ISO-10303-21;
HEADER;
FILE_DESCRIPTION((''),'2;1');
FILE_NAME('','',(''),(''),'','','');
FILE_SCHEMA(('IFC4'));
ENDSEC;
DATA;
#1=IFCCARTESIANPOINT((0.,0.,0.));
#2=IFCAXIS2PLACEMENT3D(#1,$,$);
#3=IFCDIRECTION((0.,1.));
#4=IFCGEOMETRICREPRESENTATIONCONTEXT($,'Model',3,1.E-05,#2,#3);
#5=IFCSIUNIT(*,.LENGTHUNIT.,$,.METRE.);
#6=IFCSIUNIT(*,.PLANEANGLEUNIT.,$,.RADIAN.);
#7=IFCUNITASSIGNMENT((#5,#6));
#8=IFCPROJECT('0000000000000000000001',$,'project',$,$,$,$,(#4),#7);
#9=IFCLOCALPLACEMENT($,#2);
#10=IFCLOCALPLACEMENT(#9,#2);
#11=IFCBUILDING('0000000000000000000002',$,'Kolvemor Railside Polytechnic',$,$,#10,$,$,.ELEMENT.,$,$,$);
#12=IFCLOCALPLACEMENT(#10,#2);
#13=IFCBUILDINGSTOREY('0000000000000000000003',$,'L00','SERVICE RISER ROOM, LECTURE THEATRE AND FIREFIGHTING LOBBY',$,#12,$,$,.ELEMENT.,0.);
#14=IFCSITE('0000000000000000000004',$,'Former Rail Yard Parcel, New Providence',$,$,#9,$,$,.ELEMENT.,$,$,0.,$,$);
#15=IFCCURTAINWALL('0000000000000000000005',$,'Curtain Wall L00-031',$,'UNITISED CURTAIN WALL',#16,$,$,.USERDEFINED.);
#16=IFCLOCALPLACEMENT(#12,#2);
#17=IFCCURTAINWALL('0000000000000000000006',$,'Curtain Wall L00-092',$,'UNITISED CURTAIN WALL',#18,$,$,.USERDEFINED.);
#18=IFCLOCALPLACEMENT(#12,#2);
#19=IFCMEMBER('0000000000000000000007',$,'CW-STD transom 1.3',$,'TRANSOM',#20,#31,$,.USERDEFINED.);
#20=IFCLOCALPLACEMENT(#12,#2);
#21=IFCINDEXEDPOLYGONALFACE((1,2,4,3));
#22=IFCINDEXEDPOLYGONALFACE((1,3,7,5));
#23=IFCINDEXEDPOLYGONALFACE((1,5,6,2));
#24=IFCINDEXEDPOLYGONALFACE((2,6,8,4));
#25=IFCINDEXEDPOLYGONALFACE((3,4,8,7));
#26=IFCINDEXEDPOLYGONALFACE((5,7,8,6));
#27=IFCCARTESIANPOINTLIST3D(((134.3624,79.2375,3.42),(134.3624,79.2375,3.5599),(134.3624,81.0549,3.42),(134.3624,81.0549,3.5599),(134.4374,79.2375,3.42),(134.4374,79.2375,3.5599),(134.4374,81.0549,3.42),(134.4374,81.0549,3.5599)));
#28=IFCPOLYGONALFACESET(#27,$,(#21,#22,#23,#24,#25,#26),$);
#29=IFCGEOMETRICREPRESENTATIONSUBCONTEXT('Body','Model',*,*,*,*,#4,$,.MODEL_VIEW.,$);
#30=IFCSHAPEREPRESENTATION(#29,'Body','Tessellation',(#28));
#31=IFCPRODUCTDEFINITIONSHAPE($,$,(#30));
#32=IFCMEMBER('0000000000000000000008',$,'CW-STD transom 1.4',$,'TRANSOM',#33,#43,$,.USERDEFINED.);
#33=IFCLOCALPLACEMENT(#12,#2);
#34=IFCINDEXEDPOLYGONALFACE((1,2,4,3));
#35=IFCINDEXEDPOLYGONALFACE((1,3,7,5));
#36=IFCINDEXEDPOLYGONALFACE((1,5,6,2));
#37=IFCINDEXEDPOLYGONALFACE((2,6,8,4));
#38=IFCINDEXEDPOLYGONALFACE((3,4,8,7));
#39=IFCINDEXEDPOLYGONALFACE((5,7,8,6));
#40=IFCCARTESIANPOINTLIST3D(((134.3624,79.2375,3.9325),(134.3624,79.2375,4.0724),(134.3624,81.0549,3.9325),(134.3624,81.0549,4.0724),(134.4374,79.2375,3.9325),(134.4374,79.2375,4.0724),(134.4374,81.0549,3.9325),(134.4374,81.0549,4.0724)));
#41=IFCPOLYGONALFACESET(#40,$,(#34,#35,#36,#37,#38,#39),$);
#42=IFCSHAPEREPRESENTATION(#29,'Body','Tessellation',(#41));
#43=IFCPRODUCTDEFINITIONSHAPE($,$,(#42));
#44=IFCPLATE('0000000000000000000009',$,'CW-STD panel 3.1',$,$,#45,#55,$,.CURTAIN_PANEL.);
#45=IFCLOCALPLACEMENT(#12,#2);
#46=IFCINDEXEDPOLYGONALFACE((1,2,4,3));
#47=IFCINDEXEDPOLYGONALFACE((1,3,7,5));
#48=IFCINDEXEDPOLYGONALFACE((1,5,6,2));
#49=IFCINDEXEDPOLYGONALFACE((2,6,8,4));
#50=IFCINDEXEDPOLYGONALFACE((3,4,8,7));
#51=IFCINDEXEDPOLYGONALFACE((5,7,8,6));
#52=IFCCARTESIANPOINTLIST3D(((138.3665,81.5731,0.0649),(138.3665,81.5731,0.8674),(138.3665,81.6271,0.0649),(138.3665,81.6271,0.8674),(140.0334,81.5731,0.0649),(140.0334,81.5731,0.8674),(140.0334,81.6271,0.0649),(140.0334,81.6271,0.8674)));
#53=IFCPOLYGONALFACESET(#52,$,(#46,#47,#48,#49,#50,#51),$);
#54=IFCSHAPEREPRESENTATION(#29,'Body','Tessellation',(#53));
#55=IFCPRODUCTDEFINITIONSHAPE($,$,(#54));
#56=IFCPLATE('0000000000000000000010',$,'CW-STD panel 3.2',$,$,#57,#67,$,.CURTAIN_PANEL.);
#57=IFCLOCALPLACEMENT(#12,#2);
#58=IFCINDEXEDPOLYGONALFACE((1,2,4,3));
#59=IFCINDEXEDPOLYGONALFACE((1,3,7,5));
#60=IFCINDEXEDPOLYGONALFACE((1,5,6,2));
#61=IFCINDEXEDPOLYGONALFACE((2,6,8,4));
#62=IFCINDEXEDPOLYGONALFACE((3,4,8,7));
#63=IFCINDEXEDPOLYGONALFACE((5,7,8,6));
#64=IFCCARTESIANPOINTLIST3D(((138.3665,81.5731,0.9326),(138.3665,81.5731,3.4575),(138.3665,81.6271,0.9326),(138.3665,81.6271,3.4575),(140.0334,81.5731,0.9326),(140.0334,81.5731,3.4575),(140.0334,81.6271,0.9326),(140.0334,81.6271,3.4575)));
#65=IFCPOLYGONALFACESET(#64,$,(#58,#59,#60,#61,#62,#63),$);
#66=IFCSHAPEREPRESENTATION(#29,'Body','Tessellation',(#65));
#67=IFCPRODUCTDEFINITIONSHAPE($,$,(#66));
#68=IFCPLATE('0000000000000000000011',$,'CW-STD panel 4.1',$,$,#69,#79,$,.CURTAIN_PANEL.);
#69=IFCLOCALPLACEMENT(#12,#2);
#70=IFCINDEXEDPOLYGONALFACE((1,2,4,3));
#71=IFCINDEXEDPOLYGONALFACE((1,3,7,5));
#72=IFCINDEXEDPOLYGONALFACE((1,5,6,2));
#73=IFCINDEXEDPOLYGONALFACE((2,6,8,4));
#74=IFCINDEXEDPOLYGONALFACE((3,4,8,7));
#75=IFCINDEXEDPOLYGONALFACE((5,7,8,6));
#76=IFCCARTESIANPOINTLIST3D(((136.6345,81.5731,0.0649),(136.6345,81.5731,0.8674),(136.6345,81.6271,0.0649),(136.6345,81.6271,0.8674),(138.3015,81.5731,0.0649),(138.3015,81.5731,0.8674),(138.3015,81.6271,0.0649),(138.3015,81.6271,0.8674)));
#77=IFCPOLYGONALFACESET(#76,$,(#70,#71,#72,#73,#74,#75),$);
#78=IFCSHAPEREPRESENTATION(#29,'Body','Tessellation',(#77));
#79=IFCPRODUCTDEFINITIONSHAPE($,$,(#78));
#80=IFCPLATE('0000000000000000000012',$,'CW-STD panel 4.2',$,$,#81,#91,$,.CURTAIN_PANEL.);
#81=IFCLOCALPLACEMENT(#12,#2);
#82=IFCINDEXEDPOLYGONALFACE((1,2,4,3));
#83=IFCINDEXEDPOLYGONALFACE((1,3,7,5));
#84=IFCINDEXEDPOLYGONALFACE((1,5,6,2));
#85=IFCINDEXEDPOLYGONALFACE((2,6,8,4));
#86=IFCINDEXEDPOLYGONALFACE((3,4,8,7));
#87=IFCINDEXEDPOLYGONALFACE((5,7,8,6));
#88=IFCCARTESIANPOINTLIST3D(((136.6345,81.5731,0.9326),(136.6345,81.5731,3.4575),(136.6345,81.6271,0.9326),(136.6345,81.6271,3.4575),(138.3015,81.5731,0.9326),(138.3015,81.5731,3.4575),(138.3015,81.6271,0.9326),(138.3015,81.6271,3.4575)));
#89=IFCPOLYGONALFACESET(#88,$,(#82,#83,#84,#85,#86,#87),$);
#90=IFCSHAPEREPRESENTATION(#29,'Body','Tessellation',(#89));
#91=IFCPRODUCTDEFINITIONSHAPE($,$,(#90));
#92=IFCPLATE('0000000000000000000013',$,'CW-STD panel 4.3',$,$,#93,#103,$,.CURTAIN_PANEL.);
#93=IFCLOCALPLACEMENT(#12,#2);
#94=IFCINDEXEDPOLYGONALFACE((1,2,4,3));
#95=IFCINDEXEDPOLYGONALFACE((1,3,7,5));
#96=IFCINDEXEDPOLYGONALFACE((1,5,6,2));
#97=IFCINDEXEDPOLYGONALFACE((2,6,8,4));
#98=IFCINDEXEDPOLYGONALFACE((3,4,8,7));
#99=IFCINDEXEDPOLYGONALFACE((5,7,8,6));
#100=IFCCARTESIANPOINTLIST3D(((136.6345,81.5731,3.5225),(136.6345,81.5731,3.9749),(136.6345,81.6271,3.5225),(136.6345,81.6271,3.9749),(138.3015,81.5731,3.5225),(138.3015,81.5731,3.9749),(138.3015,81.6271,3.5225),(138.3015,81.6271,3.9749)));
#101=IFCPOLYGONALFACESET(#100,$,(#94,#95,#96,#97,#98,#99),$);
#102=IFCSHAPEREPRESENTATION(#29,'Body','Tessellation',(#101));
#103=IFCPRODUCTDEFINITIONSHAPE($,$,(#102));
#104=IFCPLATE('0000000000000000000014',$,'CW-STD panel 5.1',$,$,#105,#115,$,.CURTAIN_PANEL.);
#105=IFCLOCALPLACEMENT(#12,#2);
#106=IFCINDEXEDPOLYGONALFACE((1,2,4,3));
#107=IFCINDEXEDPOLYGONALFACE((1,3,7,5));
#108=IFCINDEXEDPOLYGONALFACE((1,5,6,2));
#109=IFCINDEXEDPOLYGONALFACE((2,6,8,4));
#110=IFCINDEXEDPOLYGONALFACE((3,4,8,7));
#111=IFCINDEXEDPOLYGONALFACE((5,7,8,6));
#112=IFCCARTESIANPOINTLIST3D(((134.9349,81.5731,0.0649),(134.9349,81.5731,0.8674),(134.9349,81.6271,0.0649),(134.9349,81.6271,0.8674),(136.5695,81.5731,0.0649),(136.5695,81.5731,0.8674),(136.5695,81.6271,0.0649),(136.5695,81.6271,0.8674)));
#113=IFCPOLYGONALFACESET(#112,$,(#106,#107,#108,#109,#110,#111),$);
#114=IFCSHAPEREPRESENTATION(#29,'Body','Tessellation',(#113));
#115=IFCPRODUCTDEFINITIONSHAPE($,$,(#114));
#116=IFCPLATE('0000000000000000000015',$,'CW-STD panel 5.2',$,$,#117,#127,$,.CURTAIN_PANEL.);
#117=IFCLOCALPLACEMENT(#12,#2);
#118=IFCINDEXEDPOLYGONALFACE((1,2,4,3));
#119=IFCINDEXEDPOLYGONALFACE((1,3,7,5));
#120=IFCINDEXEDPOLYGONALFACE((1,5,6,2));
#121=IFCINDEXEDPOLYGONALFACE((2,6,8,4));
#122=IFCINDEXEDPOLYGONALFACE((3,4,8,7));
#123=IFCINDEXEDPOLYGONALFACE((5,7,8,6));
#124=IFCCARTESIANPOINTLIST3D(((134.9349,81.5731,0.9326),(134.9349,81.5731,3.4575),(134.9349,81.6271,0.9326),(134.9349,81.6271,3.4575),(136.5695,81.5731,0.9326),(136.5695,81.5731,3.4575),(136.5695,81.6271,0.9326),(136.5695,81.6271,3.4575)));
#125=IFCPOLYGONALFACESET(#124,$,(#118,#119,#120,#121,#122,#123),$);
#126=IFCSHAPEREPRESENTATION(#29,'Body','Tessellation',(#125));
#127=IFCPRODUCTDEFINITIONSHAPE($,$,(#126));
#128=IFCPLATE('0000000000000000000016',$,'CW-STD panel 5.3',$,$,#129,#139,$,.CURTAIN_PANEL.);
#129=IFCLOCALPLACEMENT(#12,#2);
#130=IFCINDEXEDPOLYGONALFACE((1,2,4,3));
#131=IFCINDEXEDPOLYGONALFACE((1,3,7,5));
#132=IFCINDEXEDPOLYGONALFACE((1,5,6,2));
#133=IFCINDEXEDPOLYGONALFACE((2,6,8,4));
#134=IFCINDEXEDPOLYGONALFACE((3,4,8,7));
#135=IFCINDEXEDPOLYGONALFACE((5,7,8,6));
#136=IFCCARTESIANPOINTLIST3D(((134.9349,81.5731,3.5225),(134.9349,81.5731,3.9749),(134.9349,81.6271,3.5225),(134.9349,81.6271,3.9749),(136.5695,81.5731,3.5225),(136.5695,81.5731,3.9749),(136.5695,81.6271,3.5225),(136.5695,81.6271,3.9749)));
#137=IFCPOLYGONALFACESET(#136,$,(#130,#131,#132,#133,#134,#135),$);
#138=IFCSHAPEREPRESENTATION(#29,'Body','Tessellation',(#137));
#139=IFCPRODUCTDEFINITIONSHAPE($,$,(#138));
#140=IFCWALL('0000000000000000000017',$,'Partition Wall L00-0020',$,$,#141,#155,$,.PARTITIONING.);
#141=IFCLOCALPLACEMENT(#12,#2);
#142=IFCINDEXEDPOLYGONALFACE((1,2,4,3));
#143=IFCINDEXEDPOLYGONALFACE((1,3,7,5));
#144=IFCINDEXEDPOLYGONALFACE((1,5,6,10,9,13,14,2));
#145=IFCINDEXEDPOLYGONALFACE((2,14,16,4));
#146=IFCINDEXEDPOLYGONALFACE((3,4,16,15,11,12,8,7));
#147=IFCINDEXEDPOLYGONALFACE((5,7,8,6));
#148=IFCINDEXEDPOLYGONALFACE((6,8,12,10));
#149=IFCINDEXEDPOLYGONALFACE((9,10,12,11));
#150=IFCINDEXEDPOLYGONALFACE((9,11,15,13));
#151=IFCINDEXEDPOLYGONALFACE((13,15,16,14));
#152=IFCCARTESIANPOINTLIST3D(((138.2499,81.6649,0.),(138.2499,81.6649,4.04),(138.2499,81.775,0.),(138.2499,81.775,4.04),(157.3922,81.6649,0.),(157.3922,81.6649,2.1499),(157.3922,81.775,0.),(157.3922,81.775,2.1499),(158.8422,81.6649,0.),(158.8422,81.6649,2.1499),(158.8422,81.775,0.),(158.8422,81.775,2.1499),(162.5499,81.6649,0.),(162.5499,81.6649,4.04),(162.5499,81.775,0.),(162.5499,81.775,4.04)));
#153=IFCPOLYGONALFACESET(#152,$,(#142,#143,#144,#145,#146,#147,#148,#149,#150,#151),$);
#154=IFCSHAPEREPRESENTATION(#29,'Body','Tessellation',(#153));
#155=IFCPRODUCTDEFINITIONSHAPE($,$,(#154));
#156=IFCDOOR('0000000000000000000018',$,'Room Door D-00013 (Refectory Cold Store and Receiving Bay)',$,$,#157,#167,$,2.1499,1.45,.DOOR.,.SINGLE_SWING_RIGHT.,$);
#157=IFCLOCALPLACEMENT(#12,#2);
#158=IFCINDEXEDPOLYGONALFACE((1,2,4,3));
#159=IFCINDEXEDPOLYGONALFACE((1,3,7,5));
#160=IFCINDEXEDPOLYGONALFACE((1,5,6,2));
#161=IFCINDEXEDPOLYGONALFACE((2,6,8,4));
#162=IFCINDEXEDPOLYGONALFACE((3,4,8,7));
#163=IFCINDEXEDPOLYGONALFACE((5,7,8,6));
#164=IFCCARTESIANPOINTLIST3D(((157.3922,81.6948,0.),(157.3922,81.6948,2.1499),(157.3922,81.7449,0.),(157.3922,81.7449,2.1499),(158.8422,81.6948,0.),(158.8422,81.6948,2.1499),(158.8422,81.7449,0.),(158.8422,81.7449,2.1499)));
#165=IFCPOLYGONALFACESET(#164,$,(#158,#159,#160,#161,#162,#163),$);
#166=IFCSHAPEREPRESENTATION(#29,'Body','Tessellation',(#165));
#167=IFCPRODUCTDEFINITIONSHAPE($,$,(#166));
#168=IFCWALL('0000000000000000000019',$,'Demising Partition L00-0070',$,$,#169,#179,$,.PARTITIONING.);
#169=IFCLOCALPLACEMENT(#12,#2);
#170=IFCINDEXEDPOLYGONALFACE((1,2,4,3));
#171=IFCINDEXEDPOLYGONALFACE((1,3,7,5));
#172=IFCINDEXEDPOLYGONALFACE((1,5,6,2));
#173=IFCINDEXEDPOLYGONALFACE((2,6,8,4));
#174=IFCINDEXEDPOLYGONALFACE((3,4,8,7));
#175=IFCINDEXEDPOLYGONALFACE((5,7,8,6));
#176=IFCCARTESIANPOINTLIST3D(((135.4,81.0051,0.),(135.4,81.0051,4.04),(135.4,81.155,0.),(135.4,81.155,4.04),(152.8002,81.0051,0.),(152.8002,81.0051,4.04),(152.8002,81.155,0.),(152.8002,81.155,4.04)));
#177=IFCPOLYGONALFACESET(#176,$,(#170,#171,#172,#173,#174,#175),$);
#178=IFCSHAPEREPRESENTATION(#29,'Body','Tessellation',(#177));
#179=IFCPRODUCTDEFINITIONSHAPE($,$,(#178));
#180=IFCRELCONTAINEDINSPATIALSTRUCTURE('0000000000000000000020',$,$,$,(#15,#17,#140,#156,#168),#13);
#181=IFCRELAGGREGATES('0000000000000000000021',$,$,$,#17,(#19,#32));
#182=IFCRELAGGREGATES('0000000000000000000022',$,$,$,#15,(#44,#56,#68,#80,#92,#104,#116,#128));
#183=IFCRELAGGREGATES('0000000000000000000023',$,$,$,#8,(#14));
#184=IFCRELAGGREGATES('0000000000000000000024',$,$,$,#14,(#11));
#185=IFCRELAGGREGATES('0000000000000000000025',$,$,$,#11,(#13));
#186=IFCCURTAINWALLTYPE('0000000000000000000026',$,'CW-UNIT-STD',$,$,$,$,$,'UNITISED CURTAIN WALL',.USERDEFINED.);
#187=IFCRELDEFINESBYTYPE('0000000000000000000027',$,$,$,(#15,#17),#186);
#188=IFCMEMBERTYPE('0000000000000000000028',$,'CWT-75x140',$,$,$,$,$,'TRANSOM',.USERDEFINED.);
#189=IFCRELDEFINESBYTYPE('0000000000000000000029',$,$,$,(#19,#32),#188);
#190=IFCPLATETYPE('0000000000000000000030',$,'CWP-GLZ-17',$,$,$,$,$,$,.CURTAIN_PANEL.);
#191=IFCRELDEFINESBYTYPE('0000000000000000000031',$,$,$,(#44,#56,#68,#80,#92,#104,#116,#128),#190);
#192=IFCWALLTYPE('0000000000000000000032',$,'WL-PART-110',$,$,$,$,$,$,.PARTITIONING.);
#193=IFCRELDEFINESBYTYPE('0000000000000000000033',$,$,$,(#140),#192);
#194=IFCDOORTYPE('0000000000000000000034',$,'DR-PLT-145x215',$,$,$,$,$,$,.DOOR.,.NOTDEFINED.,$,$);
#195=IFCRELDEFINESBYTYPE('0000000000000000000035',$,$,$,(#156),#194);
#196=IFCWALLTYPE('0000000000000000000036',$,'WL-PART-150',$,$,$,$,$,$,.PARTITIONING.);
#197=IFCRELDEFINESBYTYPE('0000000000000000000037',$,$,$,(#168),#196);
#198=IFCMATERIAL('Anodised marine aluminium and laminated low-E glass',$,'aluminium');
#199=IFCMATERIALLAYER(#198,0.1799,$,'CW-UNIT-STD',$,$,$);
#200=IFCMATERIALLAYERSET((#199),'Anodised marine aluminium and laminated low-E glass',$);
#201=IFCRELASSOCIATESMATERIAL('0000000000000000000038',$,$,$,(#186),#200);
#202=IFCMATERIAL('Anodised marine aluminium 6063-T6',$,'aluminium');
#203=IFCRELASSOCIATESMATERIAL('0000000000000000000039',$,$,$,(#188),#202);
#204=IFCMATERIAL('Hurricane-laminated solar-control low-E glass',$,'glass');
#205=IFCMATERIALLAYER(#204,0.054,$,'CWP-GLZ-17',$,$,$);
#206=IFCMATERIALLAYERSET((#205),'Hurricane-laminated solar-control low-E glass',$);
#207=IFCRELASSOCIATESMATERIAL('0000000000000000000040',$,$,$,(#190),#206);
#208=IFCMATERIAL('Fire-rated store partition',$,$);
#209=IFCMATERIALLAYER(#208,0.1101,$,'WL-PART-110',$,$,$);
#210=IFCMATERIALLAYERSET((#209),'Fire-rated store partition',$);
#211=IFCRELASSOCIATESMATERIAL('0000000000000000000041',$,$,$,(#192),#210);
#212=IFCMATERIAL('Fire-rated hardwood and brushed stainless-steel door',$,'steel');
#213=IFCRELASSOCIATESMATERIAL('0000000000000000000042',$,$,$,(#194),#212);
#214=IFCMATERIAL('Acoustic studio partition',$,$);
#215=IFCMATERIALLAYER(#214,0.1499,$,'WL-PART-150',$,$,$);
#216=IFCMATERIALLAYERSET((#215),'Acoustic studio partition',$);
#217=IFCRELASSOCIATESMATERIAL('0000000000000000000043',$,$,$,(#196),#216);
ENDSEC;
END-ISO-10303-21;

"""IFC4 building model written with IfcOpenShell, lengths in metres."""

from ifc_helpers import new_model, si_unit, direction, frame, frame_2d, origin, origin_2d, place, context, subcontext, project, spatial, rectangle, extrude, material, layer, layer_set, material_profile, profile_set, type_object, element, fill, aggregate, save


model = new_model("IFC4")

# Units and contexts
model_context = context("Model", 3, precision=1e-05, world=origin(), true_north=direction((0.0, 1.0)))
body_context = subcontext(model_context, "Body", "Model", "MODEL_VIEW")
ifc_project = project(units=[si_unit("LENGTHUNIT", "METRE"), si_unit("PLANEANGLEUNIT", "RADIAN")], contexts=[model_context])

# Site, building, storey
site_placement = place(None, origin())
site = spatial("IfcSite", under=ifc_project, at=site_placement, Name="Former Rail Yard Parcel, New Providence", CompositionType="ELEMENT", RefElevation=0.0)
building_placement = place(site_placement, origin())
building = spatial("IfcBuilding", under=site, at=building_placement, Name="Kolvemor Railside Polytechnic", CompositionType="ELEMENT")
storey_placement = place(building_placement, origin())
storey = spatial("IfcBuildingStorey", under=building, at=storey_placement, Name="L00", Description="SERVICE RISER ROOM, LECTURE THEATRE AND FIREFIGHTING LOBBY", CompositionType="ELEMENT", Elevation=0.0)

# Curtain wall
ifc_material_1 = material(Name="Anodised marine aluminium and laminated low-E glass", Category="aluminium")
ifc_layer_1 = layer(ifc_material_1, 0.1799, Name="CW-UNIT-STD")
ifc_layer_set_1 = layer_set([ifc_layer_1], Name="Anodised marine aluminium and laminated low-E glass")
curtain_wall_type = type_object("IfcCurtainWallType", Name="CW-UNIT-STD", ElementType="UNITISED CURTAIN WALL", PredefinedType="USERDEFINED", material=ifc_layer_set_1)
curtain_wall_1_placement = place(storey_placement, origin())
curtain_wall_1 = element("IfcCurtainWall", 1, at=curtain_wall_1_placement, inside=storey, type_object=curtain_wall_type, Name="Curtain Wall L00-031", ObjectType="UNITISED CURTAIN WALL", PredefinedType="USERDEFINED")

# Curtain wall
curtain_wall_2_placement = place(storey_placement, origin())
curtain_wall_2 = element("IfcCurtainWall", 2, at=curtain_wall_2_placement, inside=storey, type_object=curtain_wall_type, Name="Curtain Wall L00-092", ObjectType="UNITISED CURTAIN WALL", PredefinedType="USERDEFINED")

# Members
ifc_material_2 = material(Name="Anodised marine aluminium 6063-T6", Category="aluminium")
ifc_material_profile_1 = material_profile(ifc_material_2, rectangle(XDim=0.075, YDim=0.1399, at=origin_2d()), Name="CW-TRN-75x140")
ifc_profile_set_1 = profile_set([ifc_material_profile_1], Name="Anodised marine aluminium 6063-T6")
member_type_1 = type_object("IfcMemberType", Name="CWT-75x140", ElementType="TRANSOM", PredefinedType="USERDEFINED", material=ifc_profile_set_1)
member_1_placement = place(storey_placement, frame((134.3999, 81.0549, 3.49), z_axis=(0.0, -1.0, 0.0), x_axis=(1.0, 0.0, 0.0)))
member_1 = element("IfcMember", 3, at=member_1_placement, type_object=member_type_1, Name="CW-STD transom 1.3", ObjectType="TRANSOM", PredefinedType="USERDEFINED", context=body_context, shape_type="SweptSolid", body=[
    extrude(rectangle(XDim=0.075, YDim=0.1399, at=origin_2d()), origin(), (0.0, 0.0, 1.0), 1.8174),
])
member_2_placement = place(storey_placement, frame((134.3999, 81.0549, 4.0024), z_axis=(0.0, -1.0, 0.0), x_axis=(1.0, 0.0, 0.0)))
member_2 = element("IfcMember", 4, at=member_2_placement, type_object=member_type_1, Name="CW-STD transom 1.4", ObjectType="TRANSOM", PredefinedType="USERDEFINED", context=body_context, shape_type="SweptSolid", body=[
    extrude(rectangle(XDim=0.075, YDim=0.1399, at=origin_2d()), origin(), (0.0, 0.0, 1.0), 1.8174),
])
aggregate(curtain_wall_2, [member_1, member_2])

# Plates
ifc_material_3 = material(Name="Hurricane-laminated solar-control low-E glass", Category="glass")
ifc_layer_2 = layer(ifc_material_3, 0.054, Name="CWP-GLZ-17")
ifc_layer_set_2 = layer_set([ifc_layer_2], Name="Hurricane-laminated solar-control low-E glass")
plate_type = type_object("IfcPlateType", Name="CWP-GLZ-17", PredefinedType="CURTAIN_PANEL", material=ifc_layer_set_2)
plate_1_placement = place(storey_placement, frame((139.2, 81.6001, 0.0649), z_axis=(0.0, 0.0, 1.0), x_axis=(-1.0, 0.0, 0.0)))
plate_1 = element("IfcPlate", 5, at=plate_1_placement, type_object=plate_type, Name="CW-STD panel 3.1", PredefinedType="CURTAIN_PANEL", context=body_context, shape_type="SweptSolid", body=[
    extrude(rectangle(XDim=1.667, YDim=0.054, at=origin_2d()), origin(), (0.0, 0.0, 1.0), 0.8025),
])
plate_2_placement = place(storey_placement, frame((139.2, 81.6001, 0.9326), z_axis=(0.0, 0.0, 1.0), x_axis=(-1.0, 0.0, 0.0)))
plate_2 = element("IfcPlate", 6, at=plate_2_placement, type_object=plate_type, Name="CW-STD panel 3.2", PredefinedType="CURTAIN_PANEL", context=body_context, shape_type="SweptSolid", body=[
    extrude(rectangle(XDim=1.667, YDim=0.054, at=origin_2d()), origin(), (0.0, 0.0, 1.0), 2.5249),
])
plate_3_placement = place(storey_placement, frame((137.468, 81.6001, 0.0649), z_axis=(0.0, 0.0, 1.0), x_axis=(-1.0, 0.0, 0.0)))
plate_3 = element("IfcPlate", 7, at=plate_3_placement, type_object=plate_type, Name="CW-STD panel 4.1", PredefinedType="CURTAIN_PANEL", context=body_context, shape_type="SweptSolid", body=[
    extrude(rectangle(XDim=1.667, YDim=0.054, at=origin_2d()), origin(), (0.0, 0.0, 1.0), 0.8025),
])
plate_4_placement = place(storey_placement, frame((137.468, 81.6001, 0.9326), z_axis=(0.0, 0.0, 1.0), x_axis=(-1.0, 0.0, 0.0)))
plate_4 = element("IfcPlate", 8, at=plate_4_placement, type_object=plate_type, Name="CW-STD panel 4.2", PredefinedType="CURTAIN_PANEL", context=body_context, shape_type="SweptSolid", body=[
    extrude(rectangle(XDim=1.667, YDim=0.054, at=origin_2d()), origin(), (0.0, 0.0, 1.0), 2.5249),
])
plate_5_placement = place(storey_placement, frame((137.468, 81.6001, 3.5225), z_axis=(0.0, 0.0, 1.0), x_axis=(-1.0, 0.0, 0.0)))
plate_5 = element("IfcPlate", 9, at=plate_5_placement, type_object=plate_type, Name="CW-STD panel 4.3", PredefinedType="CURTAIN_PANEL", context=body_context, shape_type="SweptSolid", body=[
    extrude(rectangle(XDim=1.667, YDim=0.054, at=origin_2d()), origin(), (0.0, 0.0, 1.0), 0.4524),
])
plate_6_placement = place(storey_placement, frame((135.7522, 81.6001, 0.0649), z_axis=(0.0, 0.0, 1.0), x_axis=(-1.0, 0.0, 0.0)))
plate_6 = element("IfcPlate", 10, at=plate_6_placement, type_object=plate_type, Name="CW-STD panel 5.1", PredefinedType="CURTAIN_PANEL", context=body_context, shape_type="SweptSolid", body=[
    extrude(rectangle(XDim=1.6345, YDim=0.054, at=origin_2d()), origin(), (0.0, 0.0, 1.0), 0.8025),
])
plate_7_placement = place(storey_placement, frame((135.7522, 81.6001, 0.9326), z_axis=(0.0, 0.0, 1.0), x_axis=(-1.0, 0.0, 0.0)))
plate_7 = element("IfcPlate", 11, at=plate_7_placement, type_object=plate_type, Name="CW-STD panel 5.2", PredefinedType="CURTAIN_PANEL", context=body_context, shape_type="SweptSolid", body=[
    extrude(rectangle(XDim=1.6345, YDim=0.054, at=origin_2d()), origin(), (0.0, 0.0, 1.0), 2.5249),
])
plate_8_placement = place(storey_placement, frame((135.7522, 81.6001, 3.5225), z_axis=(0.0, 0.0, 1.0), x_axis=(-1.0, 0.0, 0.0)))
plate_8 = element("IfcPlate", 12, at=plate_8_placement, type_object=plate_type, Name="CW-STD panel 5.3", PredefinedType="CURTAIN_PANEL", context=body_context, shape_type="SweptSolid", body=[
    extrude(rectangle(XDim=1.6345, YDim=0.054, at=origin_2d()), origin(), (0.0, 0.0, 1.0), 0.4524),
])
aggregate(curtain_wall_1, [plate_1, plate_2, plate_3, plate_4, plate_5, plate_6, plate_7, plate_8])

# Wall, opening, door
ifc_material_4 = material(Name="Fire-rated store partition")
ifc_layer_3 = layer(ifc_material_4, 0.1101, Name="WL-PART-110")
ifc_layer_set_3 = layer_set([ifc_layer_3], Name="Fire-rated store partition")
wall_type_1 = type_object("IfcWallType", Name="WL-PART-110", PredefinedType="PARTITIONING", material=ifc_layer_set_3)
wall_1_placement = place(storey_placement, frame((138.25, 81.72, 0.0), z_axis=(0.0, 0.0, 1.0), x_axis=(1.0, 0.0, 0.0)))
wall_1 = element("IfcWall", 13, at=wall_1_placement, inside=storey, type_object=wall_type_1, Name="Partition Wall L00-0020", PredefinedType="PARTITIONING", context=body_context, shape_type="SweptSolid", body=[
    extrude(rectangle(XDim=24.3, YDim=0.1101, at=frame_2d((12.1499, 0.0))), origin(), (0.0, 0.0, 1.0), 4.04),
])
opening_placement = place(wall_1_placement, frame((19.1421, 0.0, 0.0)))
opening = element("IfcOpeningElement", 14, at=opening_placement, cuts=wall_1, PredefinedType="OPENING", context=body_context, shape_type="SweptSolid", body=[
    extrude(rectangle(XDim=1.45, YDim=2.1499, at=frame_2d((0.7251, 1.075))), frame((0.0, 0.0649, 0.0), z_axis=(0.0, -1.0, 0.0), x_axis=(1.0, 0.0, 0.0)), (0.0, 0.0, 1.0), 0.1301),
])
ifc_material_5 = material(Name="Fire-rated hardwood and brushed stainless-steel door", Category="steel")
door_type = type_object("IfcDoorType", Name="DR-PLT-145x215", OperationType="NOTDEFINED", PredefinedType="DOOR", material=ifc_material_5)
door_placement = place(opening_placement, origin())
door = element("IfcDoor", 15, at=door_placement, inside=storey, type_object=door_type, Name="Room Door D-00013 (Refectory Cold Store and Receiving Bay)", OperationType="SINGLE_SWING_RIGHT", OverallHeight=2.1499, OverallWidth=1.45, PredefinedType="DOOR", context=body_context, shape_type="SweptSolid", body=[
    extrude(rectangle(XDim=1.45, YDim=2.1499, at=frame_2d((0.7251, 1.075))), frame((0.0, 0.0249, 0.0), z_axis=(0.0, -1.0, 0.0), x_axis=(1.0, 0.0, 0.0)), (0.0, 0.0, 1.0), 0.05),
])
fill(opening, door)

# Wall
ifc_material_6 = material(Name="Acoustic studio partition")
ifc_layer_4 = layer(ifc_material_6, 0.1499, Name="WL-PART-150")
ifc_layer_set_4 = layer_set([ifc_layer_4], Name="Acoustic studio partition")
wall_type_2 = type_object("IfcWallType", Name="WL-PART-150", PredefinedType="PARTITIONING", material=ifc_layer_set_4)
wall_2_placement = place(storey_placement, frame((135.3999, 81.0801, 0.0), z_axis=(0.0, 0.0, 1.0), x_axis=(1.0, 0.0, 0.0)))
element("IfcWall", 16, at=wall_2_placement, inside=storey, type_object=wall_type_2, Name="Demising Partition L00-0070", PredefinedType="PARTITIONING", context=body_context, shape_type="SweptSolid", body=[
    extrude(rectangle(XDim=17.4001, YDim=0.1499, at=frame_2d((8.7002, 0.0))), origin(), (0.0, 0.0, 1.0), 4.04),
])

save(model, "model.ifc")
